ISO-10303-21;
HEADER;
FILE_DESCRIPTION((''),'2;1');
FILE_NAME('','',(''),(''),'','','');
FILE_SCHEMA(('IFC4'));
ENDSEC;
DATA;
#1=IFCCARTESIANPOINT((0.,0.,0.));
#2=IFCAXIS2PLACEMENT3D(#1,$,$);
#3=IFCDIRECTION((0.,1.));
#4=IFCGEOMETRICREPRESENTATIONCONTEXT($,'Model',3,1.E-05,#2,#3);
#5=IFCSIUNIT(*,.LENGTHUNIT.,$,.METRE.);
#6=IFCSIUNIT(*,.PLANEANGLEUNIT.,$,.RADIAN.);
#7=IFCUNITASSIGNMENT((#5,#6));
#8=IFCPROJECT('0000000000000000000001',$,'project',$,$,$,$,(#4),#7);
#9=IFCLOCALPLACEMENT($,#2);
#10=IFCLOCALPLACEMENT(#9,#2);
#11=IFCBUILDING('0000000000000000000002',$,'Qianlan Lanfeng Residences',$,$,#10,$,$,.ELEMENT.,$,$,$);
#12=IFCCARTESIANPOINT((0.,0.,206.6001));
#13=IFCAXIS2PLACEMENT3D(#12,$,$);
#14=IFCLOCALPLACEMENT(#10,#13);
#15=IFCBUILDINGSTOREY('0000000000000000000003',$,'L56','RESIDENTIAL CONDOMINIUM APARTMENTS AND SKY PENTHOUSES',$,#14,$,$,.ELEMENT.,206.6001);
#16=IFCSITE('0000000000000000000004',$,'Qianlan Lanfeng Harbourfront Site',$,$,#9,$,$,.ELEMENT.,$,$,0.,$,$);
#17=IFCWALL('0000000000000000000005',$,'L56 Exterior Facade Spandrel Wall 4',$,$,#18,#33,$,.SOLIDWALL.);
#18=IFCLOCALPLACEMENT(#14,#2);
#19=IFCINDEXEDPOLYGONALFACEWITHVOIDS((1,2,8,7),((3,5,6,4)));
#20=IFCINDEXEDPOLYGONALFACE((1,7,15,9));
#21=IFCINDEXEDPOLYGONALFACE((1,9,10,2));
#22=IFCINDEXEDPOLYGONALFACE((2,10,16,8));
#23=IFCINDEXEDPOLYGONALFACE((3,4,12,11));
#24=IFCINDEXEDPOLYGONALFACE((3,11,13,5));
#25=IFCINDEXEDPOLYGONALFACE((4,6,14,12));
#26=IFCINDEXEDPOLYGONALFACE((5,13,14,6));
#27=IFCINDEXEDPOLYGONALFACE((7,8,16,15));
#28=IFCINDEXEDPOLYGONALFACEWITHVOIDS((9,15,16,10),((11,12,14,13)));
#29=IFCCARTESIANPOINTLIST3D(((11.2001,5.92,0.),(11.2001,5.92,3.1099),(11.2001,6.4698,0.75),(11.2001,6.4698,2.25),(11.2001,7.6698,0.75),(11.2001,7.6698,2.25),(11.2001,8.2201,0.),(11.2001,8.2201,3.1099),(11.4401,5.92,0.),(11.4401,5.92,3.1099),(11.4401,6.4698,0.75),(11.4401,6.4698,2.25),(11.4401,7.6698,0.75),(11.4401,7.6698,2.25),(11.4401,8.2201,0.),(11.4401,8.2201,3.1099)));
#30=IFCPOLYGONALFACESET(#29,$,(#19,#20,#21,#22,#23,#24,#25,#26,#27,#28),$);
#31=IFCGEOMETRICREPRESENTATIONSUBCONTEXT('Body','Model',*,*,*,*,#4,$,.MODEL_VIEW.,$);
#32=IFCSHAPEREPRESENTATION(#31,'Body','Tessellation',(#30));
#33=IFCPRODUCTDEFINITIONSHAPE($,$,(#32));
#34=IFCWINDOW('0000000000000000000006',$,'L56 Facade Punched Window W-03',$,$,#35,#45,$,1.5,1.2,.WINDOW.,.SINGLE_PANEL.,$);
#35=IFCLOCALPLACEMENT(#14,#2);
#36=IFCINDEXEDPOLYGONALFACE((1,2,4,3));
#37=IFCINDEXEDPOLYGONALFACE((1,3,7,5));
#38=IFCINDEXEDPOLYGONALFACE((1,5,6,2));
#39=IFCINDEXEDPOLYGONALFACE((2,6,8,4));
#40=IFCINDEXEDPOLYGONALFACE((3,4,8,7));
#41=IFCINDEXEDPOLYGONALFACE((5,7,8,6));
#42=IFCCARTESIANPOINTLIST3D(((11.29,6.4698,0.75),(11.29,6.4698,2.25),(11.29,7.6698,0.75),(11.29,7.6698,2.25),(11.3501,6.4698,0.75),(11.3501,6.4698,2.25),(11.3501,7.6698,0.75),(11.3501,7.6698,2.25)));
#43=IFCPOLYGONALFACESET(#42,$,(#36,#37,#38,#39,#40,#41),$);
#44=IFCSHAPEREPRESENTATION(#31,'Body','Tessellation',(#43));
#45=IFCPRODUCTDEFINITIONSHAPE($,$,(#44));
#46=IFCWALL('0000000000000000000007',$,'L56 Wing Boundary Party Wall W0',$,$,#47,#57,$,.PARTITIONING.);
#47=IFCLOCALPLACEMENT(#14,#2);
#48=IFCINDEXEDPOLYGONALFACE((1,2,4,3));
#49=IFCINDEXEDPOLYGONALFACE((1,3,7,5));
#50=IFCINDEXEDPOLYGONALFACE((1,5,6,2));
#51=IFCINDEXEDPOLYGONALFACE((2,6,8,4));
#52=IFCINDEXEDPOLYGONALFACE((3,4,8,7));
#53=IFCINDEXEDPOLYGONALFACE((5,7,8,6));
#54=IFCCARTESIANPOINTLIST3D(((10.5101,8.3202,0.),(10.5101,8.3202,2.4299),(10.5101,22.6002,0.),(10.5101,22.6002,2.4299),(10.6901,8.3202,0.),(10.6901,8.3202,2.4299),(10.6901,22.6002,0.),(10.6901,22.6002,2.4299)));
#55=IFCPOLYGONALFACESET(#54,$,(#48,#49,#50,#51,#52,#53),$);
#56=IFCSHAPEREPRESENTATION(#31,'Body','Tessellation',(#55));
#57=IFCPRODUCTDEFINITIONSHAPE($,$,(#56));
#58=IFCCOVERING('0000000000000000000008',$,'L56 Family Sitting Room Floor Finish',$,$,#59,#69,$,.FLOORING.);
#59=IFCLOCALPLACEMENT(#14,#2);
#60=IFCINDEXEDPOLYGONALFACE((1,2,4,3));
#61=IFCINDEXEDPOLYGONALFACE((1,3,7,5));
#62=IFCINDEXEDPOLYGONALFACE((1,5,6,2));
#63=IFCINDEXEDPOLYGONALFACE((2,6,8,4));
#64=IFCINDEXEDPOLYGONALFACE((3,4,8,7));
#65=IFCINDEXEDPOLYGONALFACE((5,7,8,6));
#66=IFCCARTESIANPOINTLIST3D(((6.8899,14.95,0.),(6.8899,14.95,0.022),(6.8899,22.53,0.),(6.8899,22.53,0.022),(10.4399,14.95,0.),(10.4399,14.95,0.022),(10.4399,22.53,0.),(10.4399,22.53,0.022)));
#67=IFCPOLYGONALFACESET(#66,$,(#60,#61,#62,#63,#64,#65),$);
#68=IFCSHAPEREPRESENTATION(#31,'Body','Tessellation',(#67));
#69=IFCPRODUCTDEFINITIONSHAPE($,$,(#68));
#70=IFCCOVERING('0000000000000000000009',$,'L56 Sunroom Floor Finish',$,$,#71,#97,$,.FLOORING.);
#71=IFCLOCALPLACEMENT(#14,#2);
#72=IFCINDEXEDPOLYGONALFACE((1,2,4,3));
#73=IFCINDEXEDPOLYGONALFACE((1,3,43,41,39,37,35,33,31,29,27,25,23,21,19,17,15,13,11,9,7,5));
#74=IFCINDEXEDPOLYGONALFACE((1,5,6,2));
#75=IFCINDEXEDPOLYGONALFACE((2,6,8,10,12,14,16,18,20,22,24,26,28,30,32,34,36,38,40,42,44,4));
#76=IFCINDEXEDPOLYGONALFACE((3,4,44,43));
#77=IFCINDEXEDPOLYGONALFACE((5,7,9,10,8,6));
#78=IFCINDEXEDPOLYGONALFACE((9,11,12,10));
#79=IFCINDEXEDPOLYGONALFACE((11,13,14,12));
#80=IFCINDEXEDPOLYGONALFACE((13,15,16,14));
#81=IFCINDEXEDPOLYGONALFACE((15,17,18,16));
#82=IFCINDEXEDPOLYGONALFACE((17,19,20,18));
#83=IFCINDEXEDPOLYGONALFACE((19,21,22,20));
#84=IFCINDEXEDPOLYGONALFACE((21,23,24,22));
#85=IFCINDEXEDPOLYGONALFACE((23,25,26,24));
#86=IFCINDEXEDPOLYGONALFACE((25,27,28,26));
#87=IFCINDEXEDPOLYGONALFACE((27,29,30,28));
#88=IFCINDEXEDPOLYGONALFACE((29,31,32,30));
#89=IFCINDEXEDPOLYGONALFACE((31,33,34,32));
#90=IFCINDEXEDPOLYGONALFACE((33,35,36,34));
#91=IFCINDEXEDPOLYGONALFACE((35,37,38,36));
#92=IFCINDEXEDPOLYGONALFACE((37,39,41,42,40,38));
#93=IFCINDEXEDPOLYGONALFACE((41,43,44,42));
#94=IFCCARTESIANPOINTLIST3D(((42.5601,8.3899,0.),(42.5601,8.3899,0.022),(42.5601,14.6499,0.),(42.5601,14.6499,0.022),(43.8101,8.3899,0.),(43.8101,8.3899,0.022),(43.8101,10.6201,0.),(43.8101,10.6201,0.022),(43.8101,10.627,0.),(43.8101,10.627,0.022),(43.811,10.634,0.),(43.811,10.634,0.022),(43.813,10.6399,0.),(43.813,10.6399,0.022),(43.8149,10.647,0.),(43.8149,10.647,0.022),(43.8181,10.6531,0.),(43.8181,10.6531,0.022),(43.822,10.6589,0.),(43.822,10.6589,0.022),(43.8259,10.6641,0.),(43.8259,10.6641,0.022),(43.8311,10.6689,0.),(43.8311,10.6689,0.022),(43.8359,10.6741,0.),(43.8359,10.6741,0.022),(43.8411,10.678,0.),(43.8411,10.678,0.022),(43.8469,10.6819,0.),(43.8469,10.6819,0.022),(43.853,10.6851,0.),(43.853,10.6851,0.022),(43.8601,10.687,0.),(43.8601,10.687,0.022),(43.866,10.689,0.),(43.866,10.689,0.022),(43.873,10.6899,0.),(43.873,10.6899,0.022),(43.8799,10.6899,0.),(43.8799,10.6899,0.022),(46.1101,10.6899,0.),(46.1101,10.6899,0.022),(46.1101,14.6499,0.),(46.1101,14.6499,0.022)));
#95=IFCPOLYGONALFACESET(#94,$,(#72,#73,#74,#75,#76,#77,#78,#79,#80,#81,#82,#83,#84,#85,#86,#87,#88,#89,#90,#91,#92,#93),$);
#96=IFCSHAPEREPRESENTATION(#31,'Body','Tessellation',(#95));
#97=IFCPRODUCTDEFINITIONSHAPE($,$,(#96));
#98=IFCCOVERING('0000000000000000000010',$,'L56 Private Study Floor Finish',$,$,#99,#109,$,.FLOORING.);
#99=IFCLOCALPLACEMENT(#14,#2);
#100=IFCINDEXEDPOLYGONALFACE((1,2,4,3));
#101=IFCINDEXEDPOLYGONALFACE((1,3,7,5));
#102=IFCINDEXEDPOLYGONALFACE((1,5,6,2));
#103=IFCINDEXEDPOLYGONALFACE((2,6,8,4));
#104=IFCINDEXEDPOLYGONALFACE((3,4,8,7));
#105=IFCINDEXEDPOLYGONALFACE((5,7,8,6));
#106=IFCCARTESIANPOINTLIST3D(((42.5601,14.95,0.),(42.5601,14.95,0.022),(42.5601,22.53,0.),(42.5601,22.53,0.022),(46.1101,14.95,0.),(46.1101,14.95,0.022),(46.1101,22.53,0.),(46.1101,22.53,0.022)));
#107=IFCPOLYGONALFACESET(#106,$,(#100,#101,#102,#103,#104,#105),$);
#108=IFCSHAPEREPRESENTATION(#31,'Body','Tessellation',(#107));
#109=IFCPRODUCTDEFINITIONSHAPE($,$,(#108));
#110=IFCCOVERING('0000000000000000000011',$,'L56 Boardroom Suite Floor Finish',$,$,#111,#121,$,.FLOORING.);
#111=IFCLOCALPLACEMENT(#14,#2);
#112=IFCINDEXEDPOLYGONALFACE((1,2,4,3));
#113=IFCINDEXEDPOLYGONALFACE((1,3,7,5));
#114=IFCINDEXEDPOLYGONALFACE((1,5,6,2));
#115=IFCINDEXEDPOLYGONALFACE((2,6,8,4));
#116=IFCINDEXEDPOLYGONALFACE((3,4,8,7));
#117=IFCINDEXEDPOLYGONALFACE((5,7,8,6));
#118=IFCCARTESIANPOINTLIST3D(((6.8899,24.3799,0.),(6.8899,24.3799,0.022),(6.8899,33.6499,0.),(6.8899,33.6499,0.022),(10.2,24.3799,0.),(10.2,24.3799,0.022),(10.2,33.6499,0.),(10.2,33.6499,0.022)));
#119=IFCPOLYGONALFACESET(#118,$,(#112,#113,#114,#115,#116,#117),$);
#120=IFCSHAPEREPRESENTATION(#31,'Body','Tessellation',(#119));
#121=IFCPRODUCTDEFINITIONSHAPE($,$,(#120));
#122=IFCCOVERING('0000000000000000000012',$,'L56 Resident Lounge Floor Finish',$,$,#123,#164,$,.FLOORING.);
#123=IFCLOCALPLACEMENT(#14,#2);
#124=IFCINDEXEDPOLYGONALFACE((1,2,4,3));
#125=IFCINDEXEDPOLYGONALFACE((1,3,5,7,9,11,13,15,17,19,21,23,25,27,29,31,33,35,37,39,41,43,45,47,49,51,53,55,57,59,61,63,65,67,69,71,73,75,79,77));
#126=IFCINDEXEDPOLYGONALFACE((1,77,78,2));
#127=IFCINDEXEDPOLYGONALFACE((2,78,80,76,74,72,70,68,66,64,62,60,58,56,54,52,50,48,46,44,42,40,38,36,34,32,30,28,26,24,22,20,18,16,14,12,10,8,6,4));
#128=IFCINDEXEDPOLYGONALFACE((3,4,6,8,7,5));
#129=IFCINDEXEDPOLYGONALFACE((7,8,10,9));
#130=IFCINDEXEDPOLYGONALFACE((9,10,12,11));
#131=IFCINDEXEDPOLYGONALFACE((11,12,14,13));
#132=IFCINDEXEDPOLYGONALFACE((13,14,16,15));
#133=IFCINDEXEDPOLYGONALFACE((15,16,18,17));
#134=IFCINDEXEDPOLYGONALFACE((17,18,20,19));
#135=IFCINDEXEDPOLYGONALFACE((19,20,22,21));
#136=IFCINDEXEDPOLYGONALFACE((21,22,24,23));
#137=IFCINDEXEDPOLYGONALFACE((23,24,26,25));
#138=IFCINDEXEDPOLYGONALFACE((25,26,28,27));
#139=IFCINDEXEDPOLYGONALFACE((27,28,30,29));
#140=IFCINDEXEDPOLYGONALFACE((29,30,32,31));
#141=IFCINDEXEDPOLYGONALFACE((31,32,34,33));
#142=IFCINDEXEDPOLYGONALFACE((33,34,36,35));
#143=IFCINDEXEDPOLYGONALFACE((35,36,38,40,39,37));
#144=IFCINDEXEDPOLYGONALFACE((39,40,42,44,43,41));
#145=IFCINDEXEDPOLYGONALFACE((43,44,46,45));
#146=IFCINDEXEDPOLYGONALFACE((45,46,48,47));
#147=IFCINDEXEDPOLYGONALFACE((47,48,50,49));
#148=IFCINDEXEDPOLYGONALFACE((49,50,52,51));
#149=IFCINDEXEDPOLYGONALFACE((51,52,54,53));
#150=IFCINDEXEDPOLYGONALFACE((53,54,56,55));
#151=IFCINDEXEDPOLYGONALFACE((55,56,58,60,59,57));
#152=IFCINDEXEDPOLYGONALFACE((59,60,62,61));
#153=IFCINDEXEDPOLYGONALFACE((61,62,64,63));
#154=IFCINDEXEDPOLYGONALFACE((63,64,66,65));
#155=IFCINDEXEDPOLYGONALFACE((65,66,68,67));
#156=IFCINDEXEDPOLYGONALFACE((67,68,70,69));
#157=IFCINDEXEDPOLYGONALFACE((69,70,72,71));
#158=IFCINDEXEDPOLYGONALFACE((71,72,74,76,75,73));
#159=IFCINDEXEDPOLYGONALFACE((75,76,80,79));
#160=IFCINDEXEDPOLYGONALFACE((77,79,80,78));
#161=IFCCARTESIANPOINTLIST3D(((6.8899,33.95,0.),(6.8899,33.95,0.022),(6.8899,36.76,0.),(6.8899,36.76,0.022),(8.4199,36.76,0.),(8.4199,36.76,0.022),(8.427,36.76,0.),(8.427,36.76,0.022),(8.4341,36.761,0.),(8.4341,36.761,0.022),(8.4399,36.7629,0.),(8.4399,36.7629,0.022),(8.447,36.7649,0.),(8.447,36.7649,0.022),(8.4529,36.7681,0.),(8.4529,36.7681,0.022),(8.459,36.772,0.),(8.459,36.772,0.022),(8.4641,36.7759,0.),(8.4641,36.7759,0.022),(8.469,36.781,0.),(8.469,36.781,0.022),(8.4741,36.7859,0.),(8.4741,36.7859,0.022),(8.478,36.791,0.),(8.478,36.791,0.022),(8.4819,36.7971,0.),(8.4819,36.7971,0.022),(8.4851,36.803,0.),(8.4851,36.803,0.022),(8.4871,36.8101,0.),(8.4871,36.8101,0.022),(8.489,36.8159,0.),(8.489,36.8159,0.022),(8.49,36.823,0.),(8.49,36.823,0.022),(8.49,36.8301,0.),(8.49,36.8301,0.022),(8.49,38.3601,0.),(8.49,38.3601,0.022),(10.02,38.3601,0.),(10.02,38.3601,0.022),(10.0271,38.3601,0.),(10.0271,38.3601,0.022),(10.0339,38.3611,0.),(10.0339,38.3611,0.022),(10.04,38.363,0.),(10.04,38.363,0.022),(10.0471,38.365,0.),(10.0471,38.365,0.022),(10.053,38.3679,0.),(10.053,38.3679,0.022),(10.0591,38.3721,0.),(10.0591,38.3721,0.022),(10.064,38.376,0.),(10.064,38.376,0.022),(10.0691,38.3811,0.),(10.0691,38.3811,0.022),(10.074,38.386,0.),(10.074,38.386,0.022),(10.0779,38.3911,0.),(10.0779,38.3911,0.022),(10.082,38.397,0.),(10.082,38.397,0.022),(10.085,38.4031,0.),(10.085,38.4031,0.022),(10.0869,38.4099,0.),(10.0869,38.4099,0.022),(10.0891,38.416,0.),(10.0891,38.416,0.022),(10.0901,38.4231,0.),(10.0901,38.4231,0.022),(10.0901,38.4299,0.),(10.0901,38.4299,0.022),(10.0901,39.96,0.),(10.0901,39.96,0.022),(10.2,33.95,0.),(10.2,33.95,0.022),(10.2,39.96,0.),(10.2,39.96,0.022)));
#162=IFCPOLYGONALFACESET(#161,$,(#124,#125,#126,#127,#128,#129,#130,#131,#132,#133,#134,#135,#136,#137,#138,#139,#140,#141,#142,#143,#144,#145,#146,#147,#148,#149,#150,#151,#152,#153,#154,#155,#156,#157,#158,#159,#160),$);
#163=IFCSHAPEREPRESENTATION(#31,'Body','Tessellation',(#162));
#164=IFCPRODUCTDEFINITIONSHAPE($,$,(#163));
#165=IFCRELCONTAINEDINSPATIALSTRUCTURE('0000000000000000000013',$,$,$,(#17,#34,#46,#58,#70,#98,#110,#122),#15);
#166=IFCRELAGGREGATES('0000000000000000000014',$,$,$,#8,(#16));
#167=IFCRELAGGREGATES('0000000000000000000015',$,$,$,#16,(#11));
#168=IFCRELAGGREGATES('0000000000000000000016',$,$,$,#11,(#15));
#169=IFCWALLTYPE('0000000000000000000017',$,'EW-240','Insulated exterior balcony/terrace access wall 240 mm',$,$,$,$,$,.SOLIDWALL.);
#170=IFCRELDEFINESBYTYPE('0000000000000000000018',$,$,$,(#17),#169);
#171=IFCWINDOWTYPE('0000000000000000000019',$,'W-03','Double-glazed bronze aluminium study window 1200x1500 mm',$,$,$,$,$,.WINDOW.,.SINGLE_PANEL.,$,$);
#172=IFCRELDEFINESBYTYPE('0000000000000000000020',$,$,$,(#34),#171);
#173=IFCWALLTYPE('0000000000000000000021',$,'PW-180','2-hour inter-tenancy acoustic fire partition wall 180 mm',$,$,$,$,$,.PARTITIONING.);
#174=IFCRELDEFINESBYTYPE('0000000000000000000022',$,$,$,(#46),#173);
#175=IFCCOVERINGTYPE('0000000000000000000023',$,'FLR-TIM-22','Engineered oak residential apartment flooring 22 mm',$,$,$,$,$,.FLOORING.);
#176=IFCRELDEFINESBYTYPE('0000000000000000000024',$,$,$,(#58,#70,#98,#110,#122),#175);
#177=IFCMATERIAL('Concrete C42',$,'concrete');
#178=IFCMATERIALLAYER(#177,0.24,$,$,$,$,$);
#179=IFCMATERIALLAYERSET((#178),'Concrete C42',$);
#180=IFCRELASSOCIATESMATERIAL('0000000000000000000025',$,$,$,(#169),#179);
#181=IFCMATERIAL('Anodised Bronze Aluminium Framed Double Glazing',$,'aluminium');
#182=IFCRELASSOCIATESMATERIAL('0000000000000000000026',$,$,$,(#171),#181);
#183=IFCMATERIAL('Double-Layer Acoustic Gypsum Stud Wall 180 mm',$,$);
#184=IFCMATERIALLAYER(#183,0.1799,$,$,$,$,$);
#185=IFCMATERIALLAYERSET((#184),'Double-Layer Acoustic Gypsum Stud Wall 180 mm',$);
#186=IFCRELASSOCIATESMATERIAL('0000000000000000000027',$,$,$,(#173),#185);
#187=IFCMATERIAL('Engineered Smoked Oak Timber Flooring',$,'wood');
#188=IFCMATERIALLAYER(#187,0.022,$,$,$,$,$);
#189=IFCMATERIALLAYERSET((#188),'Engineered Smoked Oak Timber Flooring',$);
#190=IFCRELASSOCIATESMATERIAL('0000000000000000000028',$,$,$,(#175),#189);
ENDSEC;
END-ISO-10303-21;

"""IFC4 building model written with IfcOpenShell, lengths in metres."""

from ifc_helpers import new_model, si_unit, direction, frame, frame_2d, origin, place, context, subcontext, project, spatial, polyline, rectangle, outline, extrude, material, layer, layer_set, type_object, element, fill, save


model = new_model("IFC4")

# Units and contexts
model_context = context("Model", 3, precision=1e-05, world=origin(), true_north=direction((0.0, 1.0)))
body_context = subcontext(model_context, "Body", "Model", "MODEL_VIEW")
ifc_project = project(units=[si_unit("LENGTHUNIT", "METRE"), si_unit("PLANEANGLEUNIT", "RADIAN")], contexts=[model_context])

# Site, building, storey
site_placement = place(None, origin())
site = spatial("IfcSite", under=ifc_project, at=site_placement, Name="Qianlan Lanfeng Harbourfront Site", CompositionType="ELEMENT", RefElevation=0.0)
building_placement = place(site_placement, origin())
building = spatial("IfcBuilding", under=site, at=building_placement, Name="Qianlan Lanfeng Residences", CompositionType="ELEMENT")
storey_placement = place(building_placement, frame((0.0, 0.0, 206.6001)))
storey = spatial("IfcBuildingStorey", under=building, at=storey_placement, Name="L56", Description="RESIDENTIAL CONDOMINIUM APARTMENTS AND SKY PENTHOUSES", CompositionType="ELEMENT", Elevation=206.6001)

# Shared definitions
ifc_material_1 = material(Name="Concrete C42", Category="concrete")
ifc_layer_1 = layer(ifc_material_1, 0.24)
ifc_layer_set_1 = layer_set([ifc_layer_1], Name="Concrete C42")
wall_type_1 = type_object("IfcWallType", Name="EW-240", Description="Insulated exterior balcony/terrace access wall 240 mm", PredefinedType="SOLIDWALL", material=ifc_layer_set_1)

# Wall, opening, window
wall_1_placement = place(storey_placement, frame((11.3201, 8.22, 0.0), z_axis=(0.0, 0.0, 1.0), x_axis=(0.0, -1.0, 0.0)))
wall_1 = element("IfcWall", 1, at=wall_1_placement, inside=storey, type_object=wall_type_1, Name="L56 Exterior Facade Spandrel Wall 4", PredefinedType="SOLIDWALL", context=body_context, shape_type="SweptSolid", body=[
    extrude(rectangle(XDim=2.3, YDim=0.24, at=frame_2d((1.1499, 0.0))), origin(), (0.0, 0.0, 1.0), 3.1099),
])
opening_placement = place(wall_1_placement, frame((0.55, 0.0, 0.75)))
opening = element("IfcOpeningElement", 2, at=opening_placement, cuts=wall_1, PredefinedType="OPENING", context=body_context, shape_type="SweptSolid", body=[
    extrude(rectangle(XDim=1.2, YDim=1.5, at=frame_2d((0.6001, 0.75))), frame((0.0, 0.1299, 0.0), z_axis=(0.0, -1.0, 0.0), x_axis=(1.0, 0.0, 0.0)), (0.0, 0.0, 1.0), 0.26),
])
ifc_material_2 = material(Name="Anodised Bronze Aluminium Framed Double Glazing", Category="aluminium")
window_type = type_object("IfcWindowType", Name="W-03", Description="Double-glazed bronze aluminium study window 1200x1500 mm", PartitioningType="SINGLE_PANEL", PredefinedType="WINDOW", material=ifc_material_2)
window_placement = place(opening_placement, origin())
window = element("IfcWindow", 3, at=window_placement, inside=storey, type_object=window_type, Name="L56 Facade Punched Window W-03", OverallHeight=1.5, OverallWidth=1.2, PartitioningType="SINGLE_PANEL", PredefinedType="WINDOW", context=body_context, shape_type="SweptSolid", body=[
    extrude(rectangle(XDim=1.2, YDim=1.5, at=frame_2d((0.6001, 0.75))), frame((0.0, 0.03, 0.0), z_axis=(0.0, -1.0, 0.0), x_axis=(1.0, 0.0, 0.0)), (0.0, 0.0, 1.0), 0.0601),
])
fill(opening, window)

# Wall
ifc_material_3 = material(Name="Double-Layer Acoustic Gypsum Stud Wall 180 mm")
ifc_layer_2 = layer(ifc_material_3, 0.1799)
ifc_layer_set_2 = layer_set([ifc_layer_2], Name="Double-Layer Acoustic Gypsum Stud Wall 180 mm")
wall_type_2 = type_object("IfcWallType", Name="PW-180", Description="2-hour inter-tenancy acoustic fire partition wall 180 mm", PredefinedType="PARTITIONING", material=ifc_layer_set_2)
wall_2_placement = place(storey_placement, frame((10.6001, 8.3201, 0.0), z_axis=(0.0, 0.0, 1.0), x_axis=(0.0, 1.0, 0.0)))
element("IfcWall", 4, at=wall_2_placement, inside=storey, type_object=wall_type_2, Name="L56 Wing Boundary Party Wall W0", PredefinedType="PARTITIONING", context=body_context, shape_type="SweptSolid", body=[
    extrude(rectangle(XDim=14.28, YDim=0.1799, at=frame_2d((7.1401, 0.0))), origin(), (0.0, 0.0, 1.0), 2.4299),
])

# Coverings
ifc_material_4 = material(Name="Engineered Smoked Oak Timber Flooring", Category="wood")
ifc_layer_3 = layer(ifc_material_4, 0.022)
ifc_layer_set_3 = layer_set([ifc_layer_3], Name="Engineered Smoked Oak Timber Flooring")
covering_type = type_object("IfcCoveringType", Name="FLR-TIM-22", Description="Engineered oak residential apartment flooring 22 mm", PredefinedType="FLOORING", material=ifc_layer_set_3)
covering_1_placement = place(storey_placement, origin())
element("IfcCovering", 5, at=covering_1_placement, inside=storey, type_object=covering_type, Name="L56 Family Sitting Room Floor Finish", PredefinedType="FLOORING", context=body_context, shape_type="SweptSolid", body=[
    extrude(outline(polyline([(10.4399, 22.53), (6.8899, 22.53), (6.8899, 14.95), (10.4399, 14.95), (10.4399, 22.53)])), origin(), (0.0, 0.0, 1.0), 0.022),
])
covering_2_placement = place(storey_placement, origin())
element("IfcCovering", 6, at=covering_2_placement, inside=storey, type_object=covering_type, Name="L56 Sunroom Floor Finish", PredefinedType="FLOORING", context=body_context, shape_type="SweptSolid", body=[
    extrude(outline(polyline([(46.1101, 14.6499), (42.5601, 14.6499), (42.5601, 8.3899), (43.8101, 8.3899), (43.8101, 10.6201), (43.8101, 10.627), (43.811, 10.634), (43.813, 10.6399), (43.8149, 10.647), (43.8181, 10.6531), (43.822, 10.6589), (43.8259, 10.6641), (43.8311, 10.6689), (43.8359, 10.6741), (43.8411, 10.678), (43.8469, 10.6819), (43.853, 10.6851), (43.8601, 10.687), (43.866, 10.689), (43.873, 10.6899), (43.8799, 10.6899), (46.1101, 10.6899), (46.1101, 14.6499)])), origin(), (0.0, 0.0, 1.0), 0.022),
])
covering_3_placement = place(storey_placement, origin())
element("IfcCovering", 7, at=covering_3_placement, inside=storey, type_object=covering_type, Name="L56 Private Study Floor Finish", PredefinedType="FLOORING", context=body_context, shape_type="SweptSolid", body=[
    extrude(outline(polyline([(46.1101, 22.53), (42.5601, 22.53), (42.5601, 14.95), (46.1101, 14.95), (46.1101, 22.53)])), origin(), (0.0, 0.0, 1.0), 0.022),
])
covering_4_placement = place(storey_placement, origin())
element("IfcCovering", 8, at=covering_4_placement, inside=storey, type_object=covering_type, Name="L56 Boardroom Suite Floor Finish", PredefinedType="FLOORING", context=body_context, shape_type="SweptSolid", body=[
    extrude(outline(polyline([(10.2, 33.6499), (6.8899, 33.6499), (6.8899, 24.3799), (10.2, 24.3799), (10.2, 33.6499)])), origin(), (0.0, 0.0, 1.0), 0.022),
])
covering_5_placement = place(storey_placement, origin())
element("IfcCovering", 9, at=covering_5_placement, inside=storey, type_object=covering_type, Name="L56 Resident Lounge Floor Finish", PredefinedType="FLOORING", context=body_context, shape_type="SweptSolid", body=[
    extrude(outline(polyline([(6.8899, 33.95), (10.2, 33.95), (10.2, 39.96), (10.0901, 39.96), (10.0901, 38.4299), (10.0901, 38.4231), (10.0891, 38.416), (10.0869, 38.4099), (10.085, 38.4031), (10.082, 38.397), (10.0779, 38.3911), (10.074, 38.386), (10.0691, 38.3811), (10.064, 38.376), (10.0591, 38.3721), (10.053, 38.3679), (10.0471, 38.365), (10.04, 38.363), (10.0339, 38.3611), (10.0271, 38.3601), (10.02, 38.3601), (8.49, 38.3601), (8.49, 36.8301), (8.49, 36.823), (8.489, 36.8159), (8.4871, 36.8101), (8.4851, 36.803), (8.4819, 36.7971), (8.478, 36.791), (8.4741, 36.7859), (8.469, 36.781), (8.4641, 36.7759), (8.459, 36.772), (8.4529, 36.7681), (8.447, 36.7649), (8.4399, 36.7629), (8.4341, 36.761), (8.427, 36.76), (8.4199, 36.76), (6.8899, 36.76), (6.8899, 33.95)])), origin(), (0.0, 0.0, 1.0), 0.022),
])

save(model, "model.ifc")
